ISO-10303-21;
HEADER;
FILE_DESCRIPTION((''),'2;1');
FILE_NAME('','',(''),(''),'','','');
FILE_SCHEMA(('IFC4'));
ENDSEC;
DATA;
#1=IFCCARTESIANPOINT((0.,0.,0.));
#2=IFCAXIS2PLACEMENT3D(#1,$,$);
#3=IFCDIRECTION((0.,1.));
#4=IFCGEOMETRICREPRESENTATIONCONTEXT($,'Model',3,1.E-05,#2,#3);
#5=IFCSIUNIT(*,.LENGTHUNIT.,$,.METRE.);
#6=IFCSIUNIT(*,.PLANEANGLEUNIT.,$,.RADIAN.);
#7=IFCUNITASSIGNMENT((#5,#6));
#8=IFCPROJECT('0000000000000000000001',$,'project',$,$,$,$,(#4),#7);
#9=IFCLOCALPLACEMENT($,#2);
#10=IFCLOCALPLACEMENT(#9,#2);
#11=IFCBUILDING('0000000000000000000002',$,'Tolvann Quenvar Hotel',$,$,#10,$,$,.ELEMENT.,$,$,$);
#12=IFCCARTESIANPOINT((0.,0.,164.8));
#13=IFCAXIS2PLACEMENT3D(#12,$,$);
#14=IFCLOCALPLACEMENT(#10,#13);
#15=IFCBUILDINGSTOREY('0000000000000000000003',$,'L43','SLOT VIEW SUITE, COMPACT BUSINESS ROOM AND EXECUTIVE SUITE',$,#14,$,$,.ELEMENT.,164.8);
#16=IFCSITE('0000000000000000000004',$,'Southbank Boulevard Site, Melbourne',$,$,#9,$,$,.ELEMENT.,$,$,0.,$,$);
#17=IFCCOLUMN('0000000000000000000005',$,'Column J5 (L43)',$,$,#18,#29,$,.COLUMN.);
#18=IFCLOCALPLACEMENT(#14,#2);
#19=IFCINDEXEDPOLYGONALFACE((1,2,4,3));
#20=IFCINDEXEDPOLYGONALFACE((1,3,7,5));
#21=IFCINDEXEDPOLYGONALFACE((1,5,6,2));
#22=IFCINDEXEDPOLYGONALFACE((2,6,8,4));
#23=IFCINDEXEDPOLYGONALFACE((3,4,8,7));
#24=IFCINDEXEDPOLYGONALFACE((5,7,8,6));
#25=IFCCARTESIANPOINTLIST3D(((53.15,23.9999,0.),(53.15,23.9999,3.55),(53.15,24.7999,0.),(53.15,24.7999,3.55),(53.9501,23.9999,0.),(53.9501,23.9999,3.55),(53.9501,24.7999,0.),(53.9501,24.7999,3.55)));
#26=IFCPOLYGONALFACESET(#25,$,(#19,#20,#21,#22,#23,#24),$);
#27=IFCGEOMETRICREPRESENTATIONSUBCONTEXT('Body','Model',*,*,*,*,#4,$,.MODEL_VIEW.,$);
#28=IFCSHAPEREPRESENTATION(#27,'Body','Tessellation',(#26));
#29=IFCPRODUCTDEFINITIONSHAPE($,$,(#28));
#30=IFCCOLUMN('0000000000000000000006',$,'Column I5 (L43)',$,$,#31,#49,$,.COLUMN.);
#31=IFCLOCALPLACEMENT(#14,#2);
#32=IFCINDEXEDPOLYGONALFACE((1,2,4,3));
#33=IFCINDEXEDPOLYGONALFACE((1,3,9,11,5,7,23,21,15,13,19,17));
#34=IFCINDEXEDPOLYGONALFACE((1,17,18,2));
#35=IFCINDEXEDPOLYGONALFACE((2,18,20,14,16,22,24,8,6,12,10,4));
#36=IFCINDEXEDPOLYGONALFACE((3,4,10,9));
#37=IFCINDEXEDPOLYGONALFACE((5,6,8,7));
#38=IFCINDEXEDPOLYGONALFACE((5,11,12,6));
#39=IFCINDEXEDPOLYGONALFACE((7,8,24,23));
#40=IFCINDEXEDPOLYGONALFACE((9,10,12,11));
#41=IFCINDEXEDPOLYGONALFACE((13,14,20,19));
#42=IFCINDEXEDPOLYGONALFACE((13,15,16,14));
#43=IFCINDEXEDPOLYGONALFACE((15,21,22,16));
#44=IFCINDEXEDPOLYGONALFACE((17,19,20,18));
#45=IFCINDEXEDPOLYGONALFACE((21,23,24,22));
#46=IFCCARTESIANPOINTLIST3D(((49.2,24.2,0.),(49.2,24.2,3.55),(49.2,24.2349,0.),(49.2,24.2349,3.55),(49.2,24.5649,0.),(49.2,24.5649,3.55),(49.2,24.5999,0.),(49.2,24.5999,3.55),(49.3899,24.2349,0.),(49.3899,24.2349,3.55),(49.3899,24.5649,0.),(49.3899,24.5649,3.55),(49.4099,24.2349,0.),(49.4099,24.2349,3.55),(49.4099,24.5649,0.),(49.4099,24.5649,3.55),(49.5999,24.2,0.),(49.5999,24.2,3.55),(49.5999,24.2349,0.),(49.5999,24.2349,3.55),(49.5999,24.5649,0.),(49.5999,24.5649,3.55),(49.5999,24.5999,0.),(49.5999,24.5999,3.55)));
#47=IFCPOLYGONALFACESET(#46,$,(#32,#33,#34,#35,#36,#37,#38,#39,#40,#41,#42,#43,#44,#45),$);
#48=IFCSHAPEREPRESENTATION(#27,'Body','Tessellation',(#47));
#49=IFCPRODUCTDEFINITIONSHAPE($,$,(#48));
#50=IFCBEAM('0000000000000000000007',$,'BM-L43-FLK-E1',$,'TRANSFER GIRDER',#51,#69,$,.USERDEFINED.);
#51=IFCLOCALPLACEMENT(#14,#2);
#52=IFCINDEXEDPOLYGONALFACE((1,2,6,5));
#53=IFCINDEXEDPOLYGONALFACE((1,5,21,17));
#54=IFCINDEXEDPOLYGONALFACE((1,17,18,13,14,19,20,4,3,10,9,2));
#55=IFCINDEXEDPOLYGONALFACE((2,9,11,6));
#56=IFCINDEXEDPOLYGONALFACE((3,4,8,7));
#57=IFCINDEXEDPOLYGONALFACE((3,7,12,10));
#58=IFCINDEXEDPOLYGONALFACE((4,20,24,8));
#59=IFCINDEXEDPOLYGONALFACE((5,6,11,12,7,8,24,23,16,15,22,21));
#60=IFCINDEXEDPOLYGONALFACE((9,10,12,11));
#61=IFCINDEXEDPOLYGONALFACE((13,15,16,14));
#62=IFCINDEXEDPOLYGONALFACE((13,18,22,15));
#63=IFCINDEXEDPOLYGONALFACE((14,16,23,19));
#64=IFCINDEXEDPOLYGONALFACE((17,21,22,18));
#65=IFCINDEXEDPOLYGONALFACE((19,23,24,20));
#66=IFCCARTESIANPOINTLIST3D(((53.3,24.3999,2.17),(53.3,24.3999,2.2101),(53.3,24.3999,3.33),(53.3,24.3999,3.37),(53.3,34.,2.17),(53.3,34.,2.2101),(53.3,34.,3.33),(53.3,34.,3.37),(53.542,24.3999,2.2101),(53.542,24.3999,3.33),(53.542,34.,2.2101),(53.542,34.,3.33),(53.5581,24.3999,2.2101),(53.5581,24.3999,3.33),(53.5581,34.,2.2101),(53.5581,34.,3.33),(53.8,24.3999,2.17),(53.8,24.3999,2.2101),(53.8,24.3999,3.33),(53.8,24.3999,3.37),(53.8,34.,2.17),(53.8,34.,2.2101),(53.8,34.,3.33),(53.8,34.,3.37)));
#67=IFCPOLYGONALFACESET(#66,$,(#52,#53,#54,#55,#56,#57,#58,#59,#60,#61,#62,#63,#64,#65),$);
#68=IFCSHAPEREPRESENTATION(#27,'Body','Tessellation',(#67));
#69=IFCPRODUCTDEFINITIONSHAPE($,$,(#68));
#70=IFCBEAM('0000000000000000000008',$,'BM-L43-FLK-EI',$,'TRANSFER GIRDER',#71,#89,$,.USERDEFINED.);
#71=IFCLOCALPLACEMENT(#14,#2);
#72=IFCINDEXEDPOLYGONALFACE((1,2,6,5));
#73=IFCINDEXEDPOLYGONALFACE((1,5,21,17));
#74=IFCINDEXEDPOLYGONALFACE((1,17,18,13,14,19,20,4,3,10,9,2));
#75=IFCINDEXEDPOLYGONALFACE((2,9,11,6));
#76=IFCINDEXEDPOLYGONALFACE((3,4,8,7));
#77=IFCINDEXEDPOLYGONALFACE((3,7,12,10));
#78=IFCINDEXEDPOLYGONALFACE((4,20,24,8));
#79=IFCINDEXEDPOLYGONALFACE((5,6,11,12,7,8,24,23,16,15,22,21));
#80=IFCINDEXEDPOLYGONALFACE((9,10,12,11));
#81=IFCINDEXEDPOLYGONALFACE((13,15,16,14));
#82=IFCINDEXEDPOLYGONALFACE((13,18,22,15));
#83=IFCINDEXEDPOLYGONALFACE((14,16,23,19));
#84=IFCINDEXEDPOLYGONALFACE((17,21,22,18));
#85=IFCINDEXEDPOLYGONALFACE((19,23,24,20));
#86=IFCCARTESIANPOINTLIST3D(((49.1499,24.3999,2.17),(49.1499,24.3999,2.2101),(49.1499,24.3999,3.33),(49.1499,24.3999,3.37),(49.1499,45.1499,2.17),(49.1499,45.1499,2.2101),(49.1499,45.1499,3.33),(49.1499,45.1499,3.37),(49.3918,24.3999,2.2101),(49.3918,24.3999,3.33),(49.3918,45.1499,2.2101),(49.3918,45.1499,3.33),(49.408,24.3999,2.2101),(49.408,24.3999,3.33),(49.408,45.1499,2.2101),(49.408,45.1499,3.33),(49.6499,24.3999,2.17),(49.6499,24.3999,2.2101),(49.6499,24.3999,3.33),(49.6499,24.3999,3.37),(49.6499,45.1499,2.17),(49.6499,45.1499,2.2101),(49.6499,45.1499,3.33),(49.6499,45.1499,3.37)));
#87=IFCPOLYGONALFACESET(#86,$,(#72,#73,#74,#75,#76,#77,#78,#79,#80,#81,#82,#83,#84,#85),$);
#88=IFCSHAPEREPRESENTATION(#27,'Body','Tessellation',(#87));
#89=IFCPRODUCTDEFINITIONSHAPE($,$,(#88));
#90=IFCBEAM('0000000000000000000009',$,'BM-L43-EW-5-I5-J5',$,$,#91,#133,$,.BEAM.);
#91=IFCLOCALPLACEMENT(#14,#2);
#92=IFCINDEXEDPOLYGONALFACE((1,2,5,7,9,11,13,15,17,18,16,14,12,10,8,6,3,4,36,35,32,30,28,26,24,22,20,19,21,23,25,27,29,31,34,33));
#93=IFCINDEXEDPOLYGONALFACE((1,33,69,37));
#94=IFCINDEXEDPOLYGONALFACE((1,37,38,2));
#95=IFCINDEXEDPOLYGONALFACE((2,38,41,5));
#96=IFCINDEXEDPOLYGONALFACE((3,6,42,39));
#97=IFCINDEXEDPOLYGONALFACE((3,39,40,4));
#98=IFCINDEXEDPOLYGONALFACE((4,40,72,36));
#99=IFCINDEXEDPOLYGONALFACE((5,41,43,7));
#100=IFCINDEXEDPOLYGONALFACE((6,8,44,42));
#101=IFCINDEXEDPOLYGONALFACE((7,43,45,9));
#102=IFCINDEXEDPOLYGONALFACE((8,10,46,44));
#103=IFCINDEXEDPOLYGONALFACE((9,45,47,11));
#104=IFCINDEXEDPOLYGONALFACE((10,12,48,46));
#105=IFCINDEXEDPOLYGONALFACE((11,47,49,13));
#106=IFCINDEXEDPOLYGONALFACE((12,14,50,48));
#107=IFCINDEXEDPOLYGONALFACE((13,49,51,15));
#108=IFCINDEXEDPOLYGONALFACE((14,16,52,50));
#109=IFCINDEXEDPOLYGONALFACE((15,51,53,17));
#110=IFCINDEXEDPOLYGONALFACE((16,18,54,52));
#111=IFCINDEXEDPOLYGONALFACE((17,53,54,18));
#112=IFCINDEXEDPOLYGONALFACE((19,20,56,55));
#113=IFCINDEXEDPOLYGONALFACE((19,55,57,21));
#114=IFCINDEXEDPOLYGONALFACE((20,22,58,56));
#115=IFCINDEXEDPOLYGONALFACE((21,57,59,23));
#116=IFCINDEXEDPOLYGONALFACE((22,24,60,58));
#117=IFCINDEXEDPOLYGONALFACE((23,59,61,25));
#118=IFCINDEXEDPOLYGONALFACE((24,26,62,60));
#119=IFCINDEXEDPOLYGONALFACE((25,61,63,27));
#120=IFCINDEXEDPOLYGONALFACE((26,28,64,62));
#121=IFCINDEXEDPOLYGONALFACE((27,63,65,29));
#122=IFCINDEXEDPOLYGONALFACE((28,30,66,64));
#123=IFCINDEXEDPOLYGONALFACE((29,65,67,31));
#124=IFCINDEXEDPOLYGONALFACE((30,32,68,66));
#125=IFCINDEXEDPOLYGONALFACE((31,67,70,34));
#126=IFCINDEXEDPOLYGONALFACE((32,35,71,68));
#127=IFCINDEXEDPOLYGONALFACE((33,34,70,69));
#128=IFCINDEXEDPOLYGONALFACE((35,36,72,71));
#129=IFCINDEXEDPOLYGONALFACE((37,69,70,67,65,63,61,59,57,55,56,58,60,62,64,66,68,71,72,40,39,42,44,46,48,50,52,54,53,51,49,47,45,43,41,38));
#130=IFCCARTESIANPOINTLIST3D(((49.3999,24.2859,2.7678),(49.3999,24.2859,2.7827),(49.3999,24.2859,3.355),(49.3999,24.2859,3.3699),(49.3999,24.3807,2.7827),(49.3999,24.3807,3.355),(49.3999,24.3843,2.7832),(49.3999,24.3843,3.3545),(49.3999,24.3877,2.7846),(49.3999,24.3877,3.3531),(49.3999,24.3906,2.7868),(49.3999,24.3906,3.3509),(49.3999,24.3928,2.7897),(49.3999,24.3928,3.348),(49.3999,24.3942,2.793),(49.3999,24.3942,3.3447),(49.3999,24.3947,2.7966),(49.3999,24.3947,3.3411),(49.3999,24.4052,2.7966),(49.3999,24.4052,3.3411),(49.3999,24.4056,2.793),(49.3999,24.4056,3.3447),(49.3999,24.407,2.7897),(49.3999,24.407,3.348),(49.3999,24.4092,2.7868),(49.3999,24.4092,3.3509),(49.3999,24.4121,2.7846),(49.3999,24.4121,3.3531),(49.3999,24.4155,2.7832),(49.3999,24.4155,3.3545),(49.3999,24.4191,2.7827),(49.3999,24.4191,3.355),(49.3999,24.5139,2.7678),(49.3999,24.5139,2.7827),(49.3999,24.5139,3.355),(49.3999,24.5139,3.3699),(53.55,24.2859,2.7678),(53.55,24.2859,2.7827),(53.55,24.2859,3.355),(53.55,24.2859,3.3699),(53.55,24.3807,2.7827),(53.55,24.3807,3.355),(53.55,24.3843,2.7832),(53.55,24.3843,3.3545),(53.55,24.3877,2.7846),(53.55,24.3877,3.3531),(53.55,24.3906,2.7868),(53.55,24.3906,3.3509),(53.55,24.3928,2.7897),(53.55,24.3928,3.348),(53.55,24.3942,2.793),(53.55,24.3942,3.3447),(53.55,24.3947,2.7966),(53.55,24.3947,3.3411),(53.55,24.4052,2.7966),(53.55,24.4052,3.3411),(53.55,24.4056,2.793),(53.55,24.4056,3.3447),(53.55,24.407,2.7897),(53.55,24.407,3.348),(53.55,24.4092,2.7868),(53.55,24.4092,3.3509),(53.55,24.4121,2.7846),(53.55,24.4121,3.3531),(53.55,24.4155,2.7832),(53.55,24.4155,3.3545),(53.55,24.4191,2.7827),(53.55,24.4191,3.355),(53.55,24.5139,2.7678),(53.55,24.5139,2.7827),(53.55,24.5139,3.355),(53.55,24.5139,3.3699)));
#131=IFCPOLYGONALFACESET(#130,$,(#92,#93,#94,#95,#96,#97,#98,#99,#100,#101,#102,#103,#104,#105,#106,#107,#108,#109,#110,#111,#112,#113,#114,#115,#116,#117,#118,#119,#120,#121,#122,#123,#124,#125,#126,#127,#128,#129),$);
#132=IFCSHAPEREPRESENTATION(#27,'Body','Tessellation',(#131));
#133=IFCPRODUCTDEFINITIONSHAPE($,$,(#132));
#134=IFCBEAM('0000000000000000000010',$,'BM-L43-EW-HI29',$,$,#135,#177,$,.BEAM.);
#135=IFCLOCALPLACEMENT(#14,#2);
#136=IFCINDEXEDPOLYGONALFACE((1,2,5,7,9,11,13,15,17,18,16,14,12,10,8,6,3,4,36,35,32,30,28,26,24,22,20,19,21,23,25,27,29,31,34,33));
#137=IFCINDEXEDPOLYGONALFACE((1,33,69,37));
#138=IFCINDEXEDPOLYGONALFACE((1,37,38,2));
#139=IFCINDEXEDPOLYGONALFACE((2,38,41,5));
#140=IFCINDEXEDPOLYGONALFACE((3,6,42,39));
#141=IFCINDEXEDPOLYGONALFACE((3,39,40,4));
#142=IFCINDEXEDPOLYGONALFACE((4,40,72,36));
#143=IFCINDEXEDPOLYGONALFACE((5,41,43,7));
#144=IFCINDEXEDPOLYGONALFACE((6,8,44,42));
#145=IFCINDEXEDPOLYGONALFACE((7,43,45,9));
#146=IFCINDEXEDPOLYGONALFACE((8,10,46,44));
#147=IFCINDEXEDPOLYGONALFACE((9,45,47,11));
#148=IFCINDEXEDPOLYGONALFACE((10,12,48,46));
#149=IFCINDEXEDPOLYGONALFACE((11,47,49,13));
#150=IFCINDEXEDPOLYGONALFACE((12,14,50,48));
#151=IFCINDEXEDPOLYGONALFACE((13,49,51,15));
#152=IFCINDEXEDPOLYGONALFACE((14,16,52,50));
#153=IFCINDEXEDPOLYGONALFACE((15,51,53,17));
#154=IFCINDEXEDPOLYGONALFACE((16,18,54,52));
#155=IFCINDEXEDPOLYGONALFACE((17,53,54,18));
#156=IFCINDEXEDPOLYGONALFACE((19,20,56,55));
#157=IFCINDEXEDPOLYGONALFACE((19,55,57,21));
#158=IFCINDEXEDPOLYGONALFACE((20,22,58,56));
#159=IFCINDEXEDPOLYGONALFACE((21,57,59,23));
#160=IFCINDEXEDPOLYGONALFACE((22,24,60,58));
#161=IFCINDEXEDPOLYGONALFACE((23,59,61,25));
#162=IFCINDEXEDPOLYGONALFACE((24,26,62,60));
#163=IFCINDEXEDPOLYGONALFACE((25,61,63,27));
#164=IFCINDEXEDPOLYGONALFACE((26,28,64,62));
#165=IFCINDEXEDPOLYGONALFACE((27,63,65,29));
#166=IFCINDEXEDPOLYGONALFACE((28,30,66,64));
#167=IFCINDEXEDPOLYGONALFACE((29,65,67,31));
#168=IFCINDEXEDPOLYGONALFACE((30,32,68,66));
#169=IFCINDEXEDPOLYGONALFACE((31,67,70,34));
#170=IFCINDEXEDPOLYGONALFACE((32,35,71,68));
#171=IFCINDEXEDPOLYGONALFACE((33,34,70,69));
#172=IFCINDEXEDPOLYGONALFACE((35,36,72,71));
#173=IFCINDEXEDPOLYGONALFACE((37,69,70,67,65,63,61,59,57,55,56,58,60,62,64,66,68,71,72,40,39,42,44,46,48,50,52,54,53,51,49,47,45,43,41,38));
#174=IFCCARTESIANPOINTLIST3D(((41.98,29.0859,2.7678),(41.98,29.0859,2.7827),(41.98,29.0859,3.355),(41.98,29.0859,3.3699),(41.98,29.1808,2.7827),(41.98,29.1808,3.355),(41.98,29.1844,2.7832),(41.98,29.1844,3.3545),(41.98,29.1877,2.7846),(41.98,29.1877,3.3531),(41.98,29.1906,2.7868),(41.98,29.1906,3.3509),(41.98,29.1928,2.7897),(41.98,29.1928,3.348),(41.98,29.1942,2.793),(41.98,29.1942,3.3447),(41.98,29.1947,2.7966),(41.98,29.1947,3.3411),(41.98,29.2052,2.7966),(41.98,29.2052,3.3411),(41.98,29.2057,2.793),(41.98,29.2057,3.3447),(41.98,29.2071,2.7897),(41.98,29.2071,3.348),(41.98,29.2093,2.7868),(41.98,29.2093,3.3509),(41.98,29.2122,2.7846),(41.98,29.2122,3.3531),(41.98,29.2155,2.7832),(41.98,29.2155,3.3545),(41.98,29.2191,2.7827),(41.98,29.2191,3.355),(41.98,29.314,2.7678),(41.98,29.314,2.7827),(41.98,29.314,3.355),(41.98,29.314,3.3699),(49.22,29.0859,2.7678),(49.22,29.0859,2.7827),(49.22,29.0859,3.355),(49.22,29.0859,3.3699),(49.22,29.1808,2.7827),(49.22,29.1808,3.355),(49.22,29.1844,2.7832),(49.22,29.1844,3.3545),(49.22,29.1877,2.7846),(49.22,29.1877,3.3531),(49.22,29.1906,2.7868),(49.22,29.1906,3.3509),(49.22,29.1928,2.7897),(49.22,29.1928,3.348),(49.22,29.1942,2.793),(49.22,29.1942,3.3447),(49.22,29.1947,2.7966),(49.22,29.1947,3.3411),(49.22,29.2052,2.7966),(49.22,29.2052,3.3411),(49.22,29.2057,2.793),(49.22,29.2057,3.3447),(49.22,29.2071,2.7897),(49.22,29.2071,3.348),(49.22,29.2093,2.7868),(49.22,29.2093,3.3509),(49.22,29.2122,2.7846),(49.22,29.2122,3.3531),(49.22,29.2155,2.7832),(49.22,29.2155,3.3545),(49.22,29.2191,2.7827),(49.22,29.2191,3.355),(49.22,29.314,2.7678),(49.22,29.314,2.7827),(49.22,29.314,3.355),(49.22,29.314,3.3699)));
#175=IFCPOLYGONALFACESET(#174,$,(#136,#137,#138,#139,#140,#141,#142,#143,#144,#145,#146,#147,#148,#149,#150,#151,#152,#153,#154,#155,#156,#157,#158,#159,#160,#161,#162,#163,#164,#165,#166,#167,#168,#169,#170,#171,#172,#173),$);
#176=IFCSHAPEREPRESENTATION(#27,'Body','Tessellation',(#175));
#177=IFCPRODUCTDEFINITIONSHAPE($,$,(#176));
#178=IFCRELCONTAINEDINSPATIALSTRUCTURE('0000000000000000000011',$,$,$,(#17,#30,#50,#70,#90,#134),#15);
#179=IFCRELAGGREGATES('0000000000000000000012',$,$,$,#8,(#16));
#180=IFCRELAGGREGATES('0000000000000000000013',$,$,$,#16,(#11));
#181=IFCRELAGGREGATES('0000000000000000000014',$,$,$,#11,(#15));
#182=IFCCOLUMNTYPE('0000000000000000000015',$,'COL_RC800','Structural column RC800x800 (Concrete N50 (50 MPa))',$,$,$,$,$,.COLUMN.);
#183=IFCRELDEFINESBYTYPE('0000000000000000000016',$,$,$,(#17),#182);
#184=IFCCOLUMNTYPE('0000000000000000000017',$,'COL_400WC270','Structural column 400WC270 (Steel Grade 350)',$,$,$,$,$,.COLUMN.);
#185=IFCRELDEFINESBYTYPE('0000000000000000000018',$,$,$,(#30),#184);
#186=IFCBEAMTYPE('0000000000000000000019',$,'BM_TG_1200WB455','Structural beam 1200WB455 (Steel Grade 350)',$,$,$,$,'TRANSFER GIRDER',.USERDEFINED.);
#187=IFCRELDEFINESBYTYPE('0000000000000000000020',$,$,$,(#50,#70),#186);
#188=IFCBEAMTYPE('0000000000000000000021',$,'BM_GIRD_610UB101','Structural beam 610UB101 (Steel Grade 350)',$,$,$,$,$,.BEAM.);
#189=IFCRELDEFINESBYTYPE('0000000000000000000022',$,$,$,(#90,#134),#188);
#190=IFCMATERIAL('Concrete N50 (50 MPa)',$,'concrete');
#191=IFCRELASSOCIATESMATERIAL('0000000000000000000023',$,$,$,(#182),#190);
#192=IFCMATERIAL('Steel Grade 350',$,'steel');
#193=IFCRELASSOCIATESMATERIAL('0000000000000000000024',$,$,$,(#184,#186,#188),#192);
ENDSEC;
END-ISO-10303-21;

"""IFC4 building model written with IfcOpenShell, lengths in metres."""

from ifc_helpers import new_model, si_unit, direction, frame, origin, origin_2d, place, context, subcontext, project, spatial, rectangle, i_section, extrude, source, transform, mapped, material, material_profile, profile_set, type_object, type_shapes, element, save


model = new_model("IFC4")

# Units and contexts
model_context = context("Model", 3, precision=1e-05, world=origin(), true_north=direction((0.0, 1.0)))
body_context = subcontext(model_context, "Body", "Model", "MODEL_VIEW")
ifc_project = project(units=[si_unit("LENGTHUNIT", "METRE"), si_unit("PLANEANGLEUNIT", "RADIAN")], contexts=[model_context])

# Site, building, storey
site_placement = place(None, origin())
site = spatial("IfcSite", under=ifc_project, at=site_placement, Name="Southbank Boulevard Site, Melbourne", CompositionType="ELEMENT", RefElevation=0.0)
building_placement = place(site_placement, origin())
building = spatial("IfcBuilding", under=site, at=building_placement, Name="Tolvann Quenvar Hotel", CompositionType="ELEMENT")
storey_placement = place(building_placement, frame((0.0, 0.0, 164.8)))
storey = spatial("IfcBuildingStorey", under=building, at=storey_placement, Name="L43", Description="SLOT VIEW SUITE, COMPACT BUSINESS ROOM AND EXECUTIVE SUITE", CompositionType="ELEMENT", Elevation=164.8)

# Columns
ifc_material_1 = material(Name="Concrete N50 (50 MPa)", Category="concrete")
ifc_material_profile_1 = material_profile(ifc_material_1, rectangle(XDim=0.8, YDim=0.8, at=origin_2d()), Name="RC800x800")
ifc_profile_set_1 = profile_set([ifc_material_profile_1], Name="Concrete N50 (50 MPa)")
column_type_1 = type_object("IfcColumnType", Name="COL_RC800", Description="Structural column RC800x800 (Concrete N50 (50 MPa))", PredefinedType="COLUMN", material=ifc_profile_set_1)
shared_shape_1 = source(origin(), body_context, "Body", "SweptSolid", [
    extrude(rectangle(XDim=0.8, YDim=0.8, at=origin_2d()), origin(), (0.0, 0.0, 1.0), 3.55),
])
type_shapes(column_type_1, [shared_shape_1])
column_1_placement = place(storey_placement, frame((53.55, 24.3999, 0.0), z_axis=(0.0, 0.0, 1.0), x_axis=(1.0, 0.0, 0.0)))
element("IfcColumn", 1, at=column_1_placement, inside=storey, type_object=column_type_1, Name="Column J5 (L43)", PredefinedType="COLUMN", context=body_context, shape_type="MappedRepresentation", body=[
    mapped(shared_shape_1, transform((0.0, 0.0, 0.0), x_axis=(1.0, 0.0, 0.0), y_axis=(0.0, 1.0, 0.0), z_axis=(0.0, 0.0, 1.0), scale=1.0)),
])
ifc_material_2 = material(Name="Steel Grade 350", Category="steel")
ifc_material_profile_2 = material_profile(ifc_material_2, i_section(OverallWidth=0.3999, OverallDepth=0.3999, WebThickness=0.02, FlangeThickness=0.0349, at=origin_2d()), Name="400WC270")
ifc_profile_set_2 = profile_set([ifc_material_profile_2], Name="Steel Grade 350")
column_type_2 = type_object("IfcColumnType", Name="COL_400WC270", Description="Structural column 400WC270 (Steel Grade 350)", PredefinedType="COLUMN", material=ifc_profile_set_2)
shared_shape_2 = source(origin(), body_context, "Body", "SweptSolid", [
    extrude(i_section(OverallWidth=0.3999, OverallDepth=0.3999, WebThickness=0.02, FlangeThickness=0.0349, at=origin_2d()), origin(), (0.0, 0.0, 1.0), 3.55),
])
type_shapes(column_type_2, [shared_shape_2])
column_2_placement = place(storey_placement, frame((49.3999, 24.3999, 0.0), z_axis=(0.0, 0.0, 1.0), x_axis=(1.0, 0.0, 0.0)))
element("IfcColumn", 2, at=column_2_placement, inside=storey, type_object=column_type_2, Name="Column I5 (L43)", PredefinedType="COLUMN", context=body_context, shape_type="MappedRepresentation", body=[
    mapped(shared_shape_2, transform((0.0, 0.0, 0.0), x_axis=(1.0, 0.0, 0.0), y_axis=(0.0, 1.0, 0.0), z_axis=(0.0, 0.0, 1.0), scale=1.0)),
])

# Beams
ifc_material_profile_3 = material_profile(ifc_material_2, i_section(OverallWidth=0.5, OverallDepth=1.2, WebThickness=0.0161, FlangeThickness=0.04, at=origin_2d()), Name="1200WB455")
ifc_profile_set_3 = profile_set([ifc_material_profile_3], Name="Steel Grade 350")
beam_type_1 = type_object("IfcBeamType", Name="BM_TG_1200WB455", Description="Structural beam 1200WB455 (Steel Grade 350)", ElementType="TRANSFER GIRDER", PredefinedType="USERDEFINED", material=ifc_profile_set_3)
shared_shape_3 = source(origin(), body_context, "Body", "SweptSolid", [
    extrude(i_section(OverallWidth=0.5, OverallDepth=1.2, WebThickness=0.0161, FlangeThickness=0.04, at=origin_2d()), origin(), (0.0, 0.0, 1.0), 9.6001),
])
beam_1_placement = place(storey_placement, frame((53.55, 24.3999, 2.77), z_axis=(0.0, 1.0, 0.0), x_axis=(-1.0, 0.0, 0.0)))
element("IfcBeam", 3, at=beam_1_placement, inside=storey, type_object=beam_type_1, Name="BM-L43-FLK-E1", ObjectType="TRANSFER GIRDER", PredefinedType="USERDEFINED", context=body_context, shape_type="MappedRepresentation", body=[
    mapped(shared_shape_3, transform((0.0, 0.0, 0.0), x_axis=(1.0, 0.0, 0.0), y_axis=(0.0, 1.0, 0.0), z_axis=(0.0, 0.0, 1.0), scale=1.0)),
])
shared_shape_4 = source(origin(), body_context, "Body", "SweptSolid", [
    extrude(i_section(OverallWidth=0.5, OverallDepth=1.2, WebThickness=0.0161, FlangeThickness=0.04, at=origin_2d()), origin(), (0.0, 0.0, 1.0), 20.75),
])
type_shapes(beam_type_1, [shared_shape_3, shared_shape_4])
beam_2_placement = place(storey_placement, frame((49.3999, 24.3999, 2.77), z_axis=(0.0, 1.0, 0.0), x_axis=(-1.0, 0.0, 0.0)))
element("IfcBeam", 4, at=beam_2_placement, inside=storey, type_object=beam_type_1, Name="BM-L43-FLK-EI", ObjectType="TRANSFER GIRDER", PredefinedType="USERDEFINED", context=body_context, shape_type="MappedRepresentation", body=[
    mapped(shared_shape_4, transform((0.0, 0.0, 0.0), x_axis=(1.0, 0.0, 0.0), y_axis=(0.0, 1.0, 0.0), z_axis=(0.0, 0.0, 1.0), scale=1.0)),
])
ifc_material_profile_4 = material_profile(ifc_material_2, i_section(OverallWidth=0.228, OverallDepth=0.6021, WebThickness=0.0105, FlangeThickness=0.0149, FilletRadius=0.0139, at=origin_2d()), Name="610UB101")
ifc_profile_set_4 = profile_set([ifc_material_profile_4], Name="Steel Grade 350")
beam_type_2 = type_object("IfcBeamType", Name="BM_GIRD_610UB101", Description="Structural beam 610UB101 (Steel Grade 350)", PredefinedType="BEAM", material=ifc_profile_set_4)
shared_shape_5 = source(origin(), body_context, "Body", "SweptSolid", [
    extrude(i_section(OverallWidth=0.228, OverallDepth=0.6021, WebThickness=0.0105, FlangeThickness=0.0149, FilletRadius=0.0139, at=origin_2d()), origin(), (0.0, 0.0, 1.0), 4.1501),
])
beam_3_placement = place(storey_placement, frame((49.3999, 24.3999, 3.0688), z_axis=(1.0, 0.0, 0.0), x_axis=(0.0, 1.0, 0.0)))
element("IfcBeam", 5, at=beam_3_placement, inside=storey, type_object=beam_type_2, Name="BM-L43-EW-5-I5-J5", PredefinedType="BEAM", context=body_context, shape_type="MappedRepresentation", body=[
    mapped(shared_shape_5, transform((0.0, 0.0, 0.0), x_axis=(1.0, 0.0, 0.0), y_axis=(0.0, 1.0, 0.0), z_axis=(0.0, 0.0, 1.0), scale=1.0)),
])
shared_shape_6 = source(origin(), body_context, "Body", "SweptSolid", [
    extrude(i_section(OverallWidth=0.228, OverallDepth=0.6021, WebThickness=0.0105, FlangeThickness=0.0149, FilletRadius=0.0139, at=origin_2d()), origin(), (0.0, 0.0, 1.0), 7.24),
])
beam_4_placement = place(storey_placement, frame((41.98, 29.2, 3.0688), z_axis=(1.0, 0.0, 0.0), x_axis=(0.0, 1.0, 0.0)))
element("IfcBeam", 6, at=beam_4_placement, inside=storey, type_object=beam_type_2, Name="BM-L43-EW-HI29", PredefinedType="BEAM", context=body_context, shape_type="MappedRepresentation", body=[
    mapped(shared_shape_6, transform((0.0, 0.0, 0.0), x_axis=(1.0, 0.0, 0.0), y_axis=(0.0, 1.0, 0.0), z_axis=(0.0, 0.0, 1.0), scale=1.0)),
])

save(model, "model.ifc")
